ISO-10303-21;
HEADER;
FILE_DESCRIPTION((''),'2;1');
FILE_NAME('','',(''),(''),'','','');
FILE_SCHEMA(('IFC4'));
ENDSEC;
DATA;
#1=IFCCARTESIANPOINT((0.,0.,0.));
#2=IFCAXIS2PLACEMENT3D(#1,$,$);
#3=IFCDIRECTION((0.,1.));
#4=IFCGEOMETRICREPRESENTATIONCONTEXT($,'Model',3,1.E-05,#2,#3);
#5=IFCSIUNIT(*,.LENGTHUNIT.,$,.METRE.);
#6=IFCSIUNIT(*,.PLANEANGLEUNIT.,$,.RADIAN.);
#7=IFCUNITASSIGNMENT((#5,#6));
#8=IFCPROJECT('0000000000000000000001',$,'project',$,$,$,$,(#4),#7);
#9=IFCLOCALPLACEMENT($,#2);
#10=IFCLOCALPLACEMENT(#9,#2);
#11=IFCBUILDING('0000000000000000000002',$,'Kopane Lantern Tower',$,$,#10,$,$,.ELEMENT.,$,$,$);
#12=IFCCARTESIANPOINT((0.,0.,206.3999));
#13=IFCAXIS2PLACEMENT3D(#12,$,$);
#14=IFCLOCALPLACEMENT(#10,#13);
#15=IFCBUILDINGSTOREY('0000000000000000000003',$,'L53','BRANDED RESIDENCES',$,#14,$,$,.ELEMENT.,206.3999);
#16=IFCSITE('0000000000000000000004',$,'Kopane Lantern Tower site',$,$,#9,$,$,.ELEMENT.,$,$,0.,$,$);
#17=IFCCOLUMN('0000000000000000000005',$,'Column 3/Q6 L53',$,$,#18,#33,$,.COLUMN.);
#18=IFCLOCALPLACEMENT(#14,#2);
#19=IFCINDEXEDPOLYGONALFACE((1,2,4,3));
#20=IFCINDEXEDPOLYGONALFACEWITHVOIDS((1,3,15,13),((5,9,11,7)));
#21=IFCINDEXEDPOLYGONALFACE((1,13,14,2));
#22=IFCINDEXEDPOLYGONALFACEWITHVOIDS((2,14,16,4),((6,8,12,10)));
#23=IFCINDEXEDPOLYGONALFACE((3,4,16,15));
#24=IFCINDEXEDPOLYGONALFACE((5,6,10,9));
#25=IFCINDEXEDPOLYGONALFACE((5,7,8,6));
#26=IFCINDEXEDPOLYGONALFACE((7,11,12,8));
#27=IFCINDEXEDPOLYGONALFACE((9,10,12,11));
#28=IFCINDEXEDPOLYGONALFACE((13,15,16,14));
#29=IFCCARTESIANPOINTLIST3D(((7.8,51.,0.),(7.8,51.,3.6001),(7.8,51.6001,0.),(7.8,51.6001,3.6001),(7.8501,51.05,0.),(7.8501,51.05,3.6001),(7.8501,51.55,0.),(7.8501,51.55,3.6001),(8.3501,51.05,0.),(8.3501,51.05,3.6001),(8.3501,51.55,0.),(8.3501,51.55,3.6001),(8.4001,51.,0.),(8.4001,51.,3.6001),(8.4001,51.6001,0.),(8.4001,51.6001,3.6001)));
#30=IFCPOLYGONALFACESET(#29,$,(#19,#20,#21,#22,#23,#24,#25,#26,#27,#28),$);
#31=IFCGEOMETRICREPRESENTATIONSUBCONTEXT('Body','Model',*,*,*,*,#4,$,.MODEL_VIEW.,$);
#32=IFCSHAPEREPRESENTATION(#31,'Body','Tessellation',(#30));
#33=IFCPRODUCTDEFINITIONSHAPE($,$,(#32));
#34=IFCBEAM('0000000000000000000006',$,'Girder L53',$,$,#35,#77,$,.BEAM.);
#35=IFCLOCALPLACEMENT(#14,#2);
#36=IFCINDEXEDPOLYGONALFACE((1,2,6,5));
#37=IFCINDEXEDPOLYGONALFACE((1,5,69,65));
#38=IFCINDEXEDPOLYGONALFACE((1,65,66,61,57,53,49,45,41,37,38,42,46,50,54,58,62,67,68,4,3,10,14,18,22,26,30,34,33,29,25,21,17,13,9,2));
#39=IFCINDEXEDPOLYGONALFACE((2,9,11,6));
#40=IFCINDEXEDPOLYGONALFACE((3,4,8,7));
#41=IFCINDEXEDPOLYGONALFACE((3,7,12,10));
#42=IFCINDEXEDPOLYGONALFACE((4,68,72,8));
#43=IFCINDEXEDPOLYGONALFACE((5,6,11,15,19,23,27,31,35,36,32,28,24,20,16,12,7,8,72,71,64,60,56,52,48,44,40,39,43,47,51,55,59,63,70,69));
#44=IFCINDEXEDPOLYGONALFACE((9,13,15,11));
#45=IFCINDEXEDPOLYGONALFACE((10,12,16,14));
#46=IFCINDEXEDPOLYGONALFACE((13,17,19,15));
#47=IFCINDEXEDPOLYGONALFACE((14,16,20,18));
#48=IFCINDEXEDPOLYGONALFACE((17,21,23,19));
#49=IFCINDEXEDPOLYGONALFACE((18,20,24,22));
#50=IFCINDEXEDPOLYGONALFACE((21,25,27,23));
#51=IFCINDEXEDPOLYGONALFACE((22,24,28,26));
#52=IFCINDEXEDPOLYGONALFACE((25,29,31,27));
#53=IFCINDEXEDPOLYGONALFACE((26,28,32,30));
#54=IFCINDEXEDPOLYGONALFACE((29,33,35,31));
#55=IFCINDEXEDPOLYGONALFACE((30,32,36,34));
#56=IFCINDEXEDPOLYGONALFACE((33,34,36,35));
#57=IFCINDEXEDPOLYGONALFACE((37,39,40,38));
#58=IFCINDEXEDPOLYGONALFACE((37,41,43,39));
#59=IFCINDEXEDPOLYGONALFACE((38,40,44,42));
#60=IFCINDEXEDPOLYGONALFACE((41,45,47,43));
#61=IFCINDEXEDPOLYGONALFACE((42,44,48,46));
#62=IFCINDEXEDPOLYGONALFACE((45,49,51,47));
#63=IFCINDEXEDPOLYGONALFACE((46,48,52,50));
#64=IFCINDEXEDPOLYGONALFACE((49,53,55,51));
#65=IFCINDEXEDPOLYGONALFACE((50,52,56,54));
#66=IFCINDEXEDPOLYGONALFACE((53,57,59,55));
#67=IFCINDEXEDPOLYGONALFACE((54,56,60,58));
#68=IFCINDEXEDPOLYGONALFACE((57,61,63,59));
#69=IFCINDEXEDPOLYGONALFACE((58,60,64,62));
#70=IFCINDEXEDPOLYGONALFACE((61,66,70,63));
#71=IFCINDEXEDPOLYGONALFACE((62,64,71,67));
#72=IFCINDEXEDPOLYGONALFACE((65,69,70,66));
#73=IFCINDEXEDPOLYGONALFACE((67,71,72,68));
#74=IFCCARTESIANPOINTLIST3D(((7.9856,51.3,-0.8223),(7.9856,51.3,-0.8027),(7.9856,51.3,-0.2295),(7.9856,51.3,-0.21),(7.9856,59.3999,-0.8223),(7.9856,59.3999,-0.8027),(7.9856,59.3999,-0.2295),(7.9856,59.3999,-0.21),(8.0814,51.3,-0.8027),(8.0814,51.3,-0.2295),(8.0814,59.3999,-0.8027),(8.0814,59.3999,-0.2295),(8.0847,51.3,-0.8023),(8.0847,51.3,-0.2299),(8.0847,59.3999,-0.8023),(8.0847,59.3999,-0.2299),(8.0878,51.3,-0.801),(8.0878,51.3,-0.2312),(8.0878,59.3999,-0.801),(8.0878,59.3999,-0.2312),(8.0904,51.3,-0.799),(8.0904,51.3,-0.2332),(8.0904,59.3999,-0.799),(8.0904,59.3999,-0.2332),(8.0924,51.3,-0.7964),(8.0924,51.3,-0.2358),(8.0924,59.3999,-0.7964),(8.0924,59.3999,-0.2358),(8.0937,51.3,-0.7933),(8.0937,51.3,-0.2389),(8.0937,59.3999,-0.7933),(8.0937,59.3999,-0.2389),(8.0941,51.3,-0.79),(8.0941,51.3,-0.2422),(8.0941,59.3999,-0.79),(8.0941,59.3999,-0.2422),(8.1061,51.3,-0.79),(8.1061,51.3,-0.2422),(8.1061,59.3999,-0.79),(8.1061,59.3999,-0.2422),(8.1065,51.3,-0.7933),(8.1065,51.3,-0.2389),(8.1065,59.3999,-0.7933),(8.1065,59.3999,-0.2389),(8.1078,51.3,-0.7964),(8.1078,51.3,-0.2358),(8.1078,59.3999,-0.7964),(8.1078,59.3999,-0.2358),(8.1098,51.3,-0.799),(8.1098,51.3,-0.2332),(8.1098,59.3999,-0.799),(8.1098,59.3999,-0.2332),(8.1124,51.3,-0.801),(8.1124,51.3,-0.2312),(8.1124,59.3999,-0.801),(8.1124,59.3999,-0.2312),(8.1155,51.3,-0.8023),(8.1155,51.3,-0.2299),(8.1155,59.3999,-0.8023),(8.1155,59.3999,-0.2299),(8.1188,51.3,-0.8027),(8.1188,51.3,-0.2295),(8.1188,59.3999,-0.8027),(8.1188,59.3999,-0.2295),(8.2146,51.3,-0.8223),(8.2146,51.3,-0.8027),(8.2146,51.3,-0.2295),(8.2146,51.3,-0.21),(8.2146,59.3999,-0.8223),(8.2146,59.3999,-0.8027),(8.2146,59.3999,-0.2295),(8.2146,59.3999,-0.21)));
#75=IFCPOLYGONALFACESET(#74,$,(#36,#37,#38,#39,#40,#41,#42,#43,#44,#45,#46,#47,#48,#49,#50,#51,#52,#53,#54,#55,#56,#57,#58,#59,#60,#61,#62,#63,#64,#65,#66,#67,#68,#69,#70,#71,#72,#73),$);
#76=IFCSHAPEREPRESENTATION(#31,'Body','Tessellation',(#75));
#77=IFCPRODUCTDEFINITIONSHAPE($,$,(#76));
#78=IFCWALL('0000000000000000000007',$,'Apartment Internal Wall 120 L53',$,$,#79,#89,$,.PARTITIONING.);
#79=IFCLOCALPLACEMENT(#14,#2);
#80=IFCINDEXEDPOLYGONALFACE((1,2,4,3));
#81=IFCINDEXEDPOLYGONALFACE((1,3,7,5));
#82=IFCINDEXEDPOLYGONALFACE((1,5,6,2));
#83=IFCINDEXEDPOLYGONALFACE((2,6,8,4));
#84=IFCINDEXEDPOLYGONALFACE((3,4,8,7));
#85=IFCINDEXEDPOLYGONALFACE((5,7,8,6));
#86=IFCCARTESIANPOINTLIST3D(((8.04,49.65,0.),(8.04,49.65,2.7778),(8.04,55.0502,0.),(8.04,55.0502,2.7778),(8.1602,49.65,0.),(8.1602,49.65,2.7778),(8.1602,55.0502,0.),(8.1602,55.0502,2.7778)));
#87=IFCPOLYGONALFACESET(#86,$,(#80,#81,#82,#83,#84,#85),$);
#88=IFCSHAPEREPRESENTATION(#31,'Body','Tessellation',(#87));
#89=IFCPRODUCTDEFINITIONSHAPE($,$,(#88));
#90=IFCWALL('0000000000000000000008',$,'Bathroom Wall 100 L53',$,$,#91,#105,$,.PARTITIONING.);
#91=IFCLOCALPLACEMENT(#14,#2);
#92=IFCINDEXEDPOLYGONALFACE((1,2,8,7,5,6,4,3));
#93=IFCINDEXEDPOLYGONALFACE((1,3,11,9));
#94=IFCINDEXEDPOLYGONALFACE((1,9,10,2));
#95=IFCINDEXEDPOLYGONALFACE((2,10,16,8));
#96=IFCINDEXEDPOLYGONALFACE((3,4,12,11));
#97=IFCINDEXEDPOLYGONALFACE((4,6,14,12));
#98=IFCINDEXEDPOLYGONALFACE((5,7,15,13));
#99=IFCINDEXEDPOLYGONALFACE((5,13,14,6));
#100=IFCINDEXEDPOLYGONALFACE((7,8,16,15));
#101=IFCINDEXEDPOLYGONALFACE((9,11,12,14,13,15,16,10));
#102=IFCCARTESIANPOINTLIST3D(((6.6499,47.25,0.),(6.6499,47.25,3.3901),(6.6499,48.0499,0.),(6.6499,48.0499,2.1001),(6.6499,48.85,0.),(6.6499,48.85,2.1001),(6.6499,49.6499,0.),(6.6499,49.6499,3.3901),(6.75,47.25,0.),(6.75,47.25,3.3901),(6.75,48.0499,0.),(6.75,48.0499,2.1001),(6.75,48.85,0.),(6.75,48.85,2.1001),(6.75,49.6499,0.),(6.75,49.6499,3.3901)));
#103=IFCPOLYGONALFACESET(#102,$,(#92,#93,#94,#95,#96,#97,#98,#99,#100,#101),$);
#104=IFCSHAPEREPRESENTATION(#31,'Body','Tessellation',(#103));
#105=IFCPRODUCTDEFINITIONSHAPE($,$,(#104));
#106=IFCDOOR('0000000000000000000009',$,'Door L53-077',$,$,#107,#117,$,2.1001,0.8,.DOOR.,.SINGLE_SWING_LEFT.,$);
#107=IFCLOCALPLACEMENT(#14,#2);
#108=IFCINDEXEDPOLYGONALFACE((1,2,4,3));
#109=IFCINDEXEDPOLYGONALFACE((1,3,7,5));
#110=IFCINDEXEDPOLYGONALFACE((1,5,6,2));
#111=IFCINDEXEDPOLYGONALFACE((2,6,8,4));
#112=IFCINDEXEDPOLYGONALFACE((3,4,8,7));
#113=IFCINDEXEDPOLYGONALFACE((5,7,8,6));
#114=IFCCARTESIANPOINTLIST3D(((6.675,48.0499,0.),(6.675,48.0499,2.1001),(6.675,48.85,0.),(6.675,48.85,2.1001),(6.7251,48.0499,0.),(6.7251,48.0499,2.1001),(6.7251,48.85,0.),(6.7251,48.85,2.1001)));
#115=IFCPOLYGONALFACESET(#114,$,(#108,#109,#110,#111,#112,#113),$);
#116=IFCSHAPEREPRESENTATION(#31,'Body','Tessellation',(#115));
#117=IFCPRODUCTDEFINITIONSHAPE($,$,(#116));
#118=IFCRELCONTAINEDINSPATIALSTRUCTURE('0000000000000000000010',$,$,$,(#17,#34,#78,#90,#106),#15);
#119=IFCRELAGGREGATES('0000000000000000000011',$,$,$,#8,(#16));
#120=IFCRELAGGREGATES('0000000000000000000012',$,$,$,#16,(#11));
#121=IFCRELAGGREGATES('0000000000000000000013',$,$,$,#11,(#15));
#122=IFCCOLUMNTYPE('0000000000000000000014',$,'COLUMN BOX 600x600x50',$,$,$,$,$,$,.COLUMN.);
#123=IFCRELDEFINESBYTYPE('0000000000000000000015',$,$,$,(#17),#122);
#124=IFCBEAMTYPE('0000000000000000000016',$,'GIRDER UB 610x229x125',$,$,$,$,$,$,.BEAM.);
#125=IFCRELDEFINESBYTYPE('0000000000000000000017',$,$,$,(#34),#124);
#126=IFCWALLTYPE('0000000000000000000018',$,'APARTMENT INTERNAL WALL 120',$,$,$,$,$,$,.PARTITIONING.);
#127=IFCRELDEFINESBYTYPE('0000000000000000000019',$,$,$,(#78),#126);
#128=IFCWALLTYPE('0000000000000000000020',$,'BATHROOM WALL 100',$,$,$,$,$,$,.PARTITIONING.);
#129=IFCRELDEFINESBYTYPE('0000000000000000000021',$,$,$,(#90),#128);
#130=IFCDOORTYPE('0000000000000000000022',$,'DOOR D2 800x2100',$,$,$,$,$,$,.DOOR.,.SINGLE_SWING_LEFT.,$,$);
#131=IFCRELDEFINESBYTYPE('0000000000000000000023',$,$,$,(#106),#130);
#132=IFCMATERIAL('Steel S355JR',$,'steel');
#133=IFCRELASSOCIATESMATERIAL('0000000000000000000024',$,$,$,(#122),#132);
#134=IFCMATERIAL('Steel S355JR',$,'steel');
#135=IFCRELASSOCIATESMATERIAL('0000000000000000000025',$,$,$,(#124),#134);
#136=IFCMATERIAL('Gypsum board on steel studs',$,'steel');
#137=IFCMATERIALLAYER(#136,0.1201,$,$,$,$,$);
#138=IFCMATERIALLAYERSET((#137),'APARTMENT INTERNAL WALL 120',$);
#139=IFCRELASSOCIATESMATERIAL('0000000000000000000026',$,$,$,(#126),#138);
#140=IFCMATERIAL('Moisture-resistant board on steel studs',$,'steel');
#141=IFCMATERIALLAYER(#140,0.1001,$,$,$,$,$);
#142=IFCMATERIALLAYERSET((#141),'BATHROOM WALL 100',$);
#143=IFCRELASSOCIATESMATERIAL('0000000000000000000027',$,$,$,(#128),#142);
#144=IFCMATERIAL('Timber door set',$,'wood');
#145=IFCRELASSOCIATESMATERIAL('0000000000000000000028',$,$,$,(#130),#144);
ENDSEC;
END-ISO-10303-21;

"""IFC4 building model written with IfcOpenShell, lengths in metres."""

from ifc_helpers import new_model, si_unit, direction, frame, frame_2d, origin, origin_2d, place, context, subcontext, project, spatial, rectangle, hollow_rectangle, i_section, extrude, material, layer, layer_set, material_profile, profile_set, type_object, element, fill, save


model = new_model("IFC4")

# Units and contexts
model_context = context("Model", 3, precision=1e-05, world=origin(), true_north=direction((0.0, 1.0)))
body_context = subcontext(model_context, "Body", "Model", "MODEL_VIEW")
ifc_project = project(units=[si_unit("LENGTHUNIT", "METRE"), si_unit("PLANEANGLEUNIT", "RADIAN")], contexts=[model_context])

# Site, building, storey
site_placement = place(None, origin())
site = spatial("IfcSite", under=ifc_project, at=site_placement, Name="Kopane Lantern Tower site", CompositionType="ELEMENT", RefElevation=0.0)
building_placement = place(site_placement, origin())
building = spatial("IfcBuilding", under=site, at=building_placement, Name="Kopane Lantern Tower", CompositionType="ELEMENT")
storey_placement = place(building_placement, frame((0.0, 0.0, 206.3999)))
storey = spatial("IfcBuildingStorey", under=building, at=storey_placement, Name="L53", Description="BRANDED RESIDENCES", CompositionType="ELEMENT", Elevation=206.3999)

# Column
ifc_material_1 = material(Name="Steel S355JR", Category="steel")
ifc_material_profile_1 = material_profile(ifc_material_1, hollow_rectangle(XDim=0.6001, YDim=0.6001, WallThickness=0.05, at=origin_2d()), Name="BOX 600x600x50")
ifc_profile_set_1 = profile_set([ifc_material_profile_1], Name="Steel S355JR")
column_type = type_object("IfcColumnType", Name="COLUMN BOX 600x600x50", PredefinedType="COLUMN", material=ifc_profile_set_1)
column_placement = place(storey_placement, frame((8.1001, 51.3, 0.0), z_axis=(0.0, 0.0, 1.0), x_axis=(1.0, 0.0, 0.0)))
element("IfcColumn", 1, at=column_placement, inside=storey, type_object=column_type, Name="Column 3/Q6 L53", PredefinedType="COLUMN", context=body_context, shape_type="SweptSolid", body=[
    extrude(hollow_rectangle(XDim=0.6001, YDim=0.6001, WallThickness=0.05, at=origin_2d()), origin(), (0.0, 0.0, 1.0), 3.6001),
])

# Beam
ifc_material_2 = material(Name="Steel S355JR", Category="steel")
ifc_material_profile_2 = material_profile(ifc_material_2, i_section(OverallWidth=0.229, OverallDepth=0.6123, WebThickness=0.012, FlangeThickness=0.0195, FilletRadius=0.0127, at=origin_2d()), Name="UB 610x229x125")
ifc_profile_set_2 = profile_set([ifc_material_profile_2], Name="Steel S355JR")
beam_type = type_object("IfcBeamType", Name="GIRDER UB 610x229x125", PredefinedType="BEAM", material=ifc_profile_set_2)
beam_placement = place(storey_placement, frame((8.1001, 51.3, -0.5161), z_axis=(0.0, 1.0, 0.0), x_axis=(-1.0, 0.0, 0.0)))
element("IfcBeam", 2, at=beam_placement, inside=storey, type_object=beam_type, Name="Girder L53", PredefinedType="BEAM", context=body_context, shape_type="SweptSolid", body=[
    extrude(i_section(OverallWidth=0.229, OverallDepth=0.6123, WebThickness=0.012, FlangeThickness=0.0195, FilletRadius=0.0127, at=origin_2d()), origin(), (0.0, 0.0, 1.0), 8.0999),
])

# Wall
ifc_material_3 = material(Name="Gypsum board on steel studs", Category="steel")
ifc_layer_1 = layer(ifc_material_3, 0.1201)
ifc_layer_set_1 = layer_set([ifc_layer_1], Name="APARTMENT INTERNAL WALL 120")
wall_type_1 = type_object("IfcWallType", Name="APARTMENT INTERNAL WALL 120", PredefinedType="PARTITIONING", material=ifc_layer_set_1)
wall_1_placement = place(storey_placement, frame((8.1001, 49.6499, 0.0), z_axis=(0.0, 0.0, 1.0), x_axis=(0.0, 1.0, 0.0)))
element("IfcWall", 3, at=wall_1_placement, inside=storey, type_object=wall_type_1, Name="Apartment Internal Wall 120 L53", PredefinedType="PARTITIONING", context=body_context, shape_type="SweptSolid", body=[
    extrude(rectangle(XDim=5.4001, YDim=0.1201, at=frame_2d((2.7002, 0.0))), origin(), (0.0, 0.0, 1.0), 2.7778),
])

# Wall, opening, door
ifc_material_4 = material(Name="Moisture-resistant board on steel studs", Category="steel")
ifc_layer_2 = layer(ifc_material_4, 0.1001)
ifc_layer_set_2 = layer_set([ifc_layer_2], Name="BATHROOM WALL 100")
wall_type_2 = type_object("IfcWallType", Name="BATHROOM WALL 100", PredefinedType="PARTITIONING", material=ifc_layer_set_2)
wall_2_placement = place(storey_placement, frame((6.7, 47.25, 0.0), z_axis=(0.0, 0.0, 1.0), x_axis=(0.0, 1.0, 0.0)))
wall_2 = element("IfcWall", 4, at=wall_2_placement, inside=storey, type_object=wall_type_2, Name="Bathroom Wall 100 L53", PredefinedType="PARTITIONING", context=body_context, shape_type="SweptSolid", body=[
    extrude(rectangle(XDim=2.3999, YDim=0.1001, at=frame_2d((1.2, 0.0))), origin(), (0.0, 0.0, 1.0), 3.3901),
])
opening_1_placement = place(wall_2_placement, frame((0.8, 0.0, 0.0)))
opening_1 = element("IfcOpeningElement", 5, at=opening_1_placement, cuts=wall_2, PredefinedType="OPENING", context=body_context, shape_type="SweptSolid", body=[
    extrude(rectangle(XDim=0.8, YDim=2.1001, at=frame_2d((0.3999, 1.05))), frame((0.0, 0.0601, 0.0), z_axis=(0.0, -1.0, 0.0), x_axis=(1.0, 0.0, 0.0)), (0.0, 0.0, 1.0), 0.1201),
])
ifc_material_5 = material(Name="Timber door set", Category="wood")
door_type_1 = type_object("IfcDoorType", Name="DOOR D2 800x2100", OperationType="SINGLE_SWING_LEFT", PredefinedType="DOOR", material=ifc_material_5)
door_1_placement = place(opening_1_placement, origin())
door_1 = element("IfcDoor", 6, at=door_1_placement, inside=storey, type_object=door_type_1, Name="Door L53-077", OperationType="SINGLE_SWING_LEFT", OverallHeight=2.1001, OverallWidth=0.8, PredefinedType="DOOR", context=body_context, shape_type="SweptSolid", body=[
    extrude(rectangle(XDim=0.8, YDim=2.1001, at=frame_2d((0.3999, 1.05))), frame((0.0, 0.0249, 0.0), z_axis=(0.0, -1.0, 0.0), x_axis=(1.0, 0.0, 0.0)), (0.0, 0.0, 1.0), 0.05),
])
fill(opening_1, door_1)

save(model, "model.ifc")
